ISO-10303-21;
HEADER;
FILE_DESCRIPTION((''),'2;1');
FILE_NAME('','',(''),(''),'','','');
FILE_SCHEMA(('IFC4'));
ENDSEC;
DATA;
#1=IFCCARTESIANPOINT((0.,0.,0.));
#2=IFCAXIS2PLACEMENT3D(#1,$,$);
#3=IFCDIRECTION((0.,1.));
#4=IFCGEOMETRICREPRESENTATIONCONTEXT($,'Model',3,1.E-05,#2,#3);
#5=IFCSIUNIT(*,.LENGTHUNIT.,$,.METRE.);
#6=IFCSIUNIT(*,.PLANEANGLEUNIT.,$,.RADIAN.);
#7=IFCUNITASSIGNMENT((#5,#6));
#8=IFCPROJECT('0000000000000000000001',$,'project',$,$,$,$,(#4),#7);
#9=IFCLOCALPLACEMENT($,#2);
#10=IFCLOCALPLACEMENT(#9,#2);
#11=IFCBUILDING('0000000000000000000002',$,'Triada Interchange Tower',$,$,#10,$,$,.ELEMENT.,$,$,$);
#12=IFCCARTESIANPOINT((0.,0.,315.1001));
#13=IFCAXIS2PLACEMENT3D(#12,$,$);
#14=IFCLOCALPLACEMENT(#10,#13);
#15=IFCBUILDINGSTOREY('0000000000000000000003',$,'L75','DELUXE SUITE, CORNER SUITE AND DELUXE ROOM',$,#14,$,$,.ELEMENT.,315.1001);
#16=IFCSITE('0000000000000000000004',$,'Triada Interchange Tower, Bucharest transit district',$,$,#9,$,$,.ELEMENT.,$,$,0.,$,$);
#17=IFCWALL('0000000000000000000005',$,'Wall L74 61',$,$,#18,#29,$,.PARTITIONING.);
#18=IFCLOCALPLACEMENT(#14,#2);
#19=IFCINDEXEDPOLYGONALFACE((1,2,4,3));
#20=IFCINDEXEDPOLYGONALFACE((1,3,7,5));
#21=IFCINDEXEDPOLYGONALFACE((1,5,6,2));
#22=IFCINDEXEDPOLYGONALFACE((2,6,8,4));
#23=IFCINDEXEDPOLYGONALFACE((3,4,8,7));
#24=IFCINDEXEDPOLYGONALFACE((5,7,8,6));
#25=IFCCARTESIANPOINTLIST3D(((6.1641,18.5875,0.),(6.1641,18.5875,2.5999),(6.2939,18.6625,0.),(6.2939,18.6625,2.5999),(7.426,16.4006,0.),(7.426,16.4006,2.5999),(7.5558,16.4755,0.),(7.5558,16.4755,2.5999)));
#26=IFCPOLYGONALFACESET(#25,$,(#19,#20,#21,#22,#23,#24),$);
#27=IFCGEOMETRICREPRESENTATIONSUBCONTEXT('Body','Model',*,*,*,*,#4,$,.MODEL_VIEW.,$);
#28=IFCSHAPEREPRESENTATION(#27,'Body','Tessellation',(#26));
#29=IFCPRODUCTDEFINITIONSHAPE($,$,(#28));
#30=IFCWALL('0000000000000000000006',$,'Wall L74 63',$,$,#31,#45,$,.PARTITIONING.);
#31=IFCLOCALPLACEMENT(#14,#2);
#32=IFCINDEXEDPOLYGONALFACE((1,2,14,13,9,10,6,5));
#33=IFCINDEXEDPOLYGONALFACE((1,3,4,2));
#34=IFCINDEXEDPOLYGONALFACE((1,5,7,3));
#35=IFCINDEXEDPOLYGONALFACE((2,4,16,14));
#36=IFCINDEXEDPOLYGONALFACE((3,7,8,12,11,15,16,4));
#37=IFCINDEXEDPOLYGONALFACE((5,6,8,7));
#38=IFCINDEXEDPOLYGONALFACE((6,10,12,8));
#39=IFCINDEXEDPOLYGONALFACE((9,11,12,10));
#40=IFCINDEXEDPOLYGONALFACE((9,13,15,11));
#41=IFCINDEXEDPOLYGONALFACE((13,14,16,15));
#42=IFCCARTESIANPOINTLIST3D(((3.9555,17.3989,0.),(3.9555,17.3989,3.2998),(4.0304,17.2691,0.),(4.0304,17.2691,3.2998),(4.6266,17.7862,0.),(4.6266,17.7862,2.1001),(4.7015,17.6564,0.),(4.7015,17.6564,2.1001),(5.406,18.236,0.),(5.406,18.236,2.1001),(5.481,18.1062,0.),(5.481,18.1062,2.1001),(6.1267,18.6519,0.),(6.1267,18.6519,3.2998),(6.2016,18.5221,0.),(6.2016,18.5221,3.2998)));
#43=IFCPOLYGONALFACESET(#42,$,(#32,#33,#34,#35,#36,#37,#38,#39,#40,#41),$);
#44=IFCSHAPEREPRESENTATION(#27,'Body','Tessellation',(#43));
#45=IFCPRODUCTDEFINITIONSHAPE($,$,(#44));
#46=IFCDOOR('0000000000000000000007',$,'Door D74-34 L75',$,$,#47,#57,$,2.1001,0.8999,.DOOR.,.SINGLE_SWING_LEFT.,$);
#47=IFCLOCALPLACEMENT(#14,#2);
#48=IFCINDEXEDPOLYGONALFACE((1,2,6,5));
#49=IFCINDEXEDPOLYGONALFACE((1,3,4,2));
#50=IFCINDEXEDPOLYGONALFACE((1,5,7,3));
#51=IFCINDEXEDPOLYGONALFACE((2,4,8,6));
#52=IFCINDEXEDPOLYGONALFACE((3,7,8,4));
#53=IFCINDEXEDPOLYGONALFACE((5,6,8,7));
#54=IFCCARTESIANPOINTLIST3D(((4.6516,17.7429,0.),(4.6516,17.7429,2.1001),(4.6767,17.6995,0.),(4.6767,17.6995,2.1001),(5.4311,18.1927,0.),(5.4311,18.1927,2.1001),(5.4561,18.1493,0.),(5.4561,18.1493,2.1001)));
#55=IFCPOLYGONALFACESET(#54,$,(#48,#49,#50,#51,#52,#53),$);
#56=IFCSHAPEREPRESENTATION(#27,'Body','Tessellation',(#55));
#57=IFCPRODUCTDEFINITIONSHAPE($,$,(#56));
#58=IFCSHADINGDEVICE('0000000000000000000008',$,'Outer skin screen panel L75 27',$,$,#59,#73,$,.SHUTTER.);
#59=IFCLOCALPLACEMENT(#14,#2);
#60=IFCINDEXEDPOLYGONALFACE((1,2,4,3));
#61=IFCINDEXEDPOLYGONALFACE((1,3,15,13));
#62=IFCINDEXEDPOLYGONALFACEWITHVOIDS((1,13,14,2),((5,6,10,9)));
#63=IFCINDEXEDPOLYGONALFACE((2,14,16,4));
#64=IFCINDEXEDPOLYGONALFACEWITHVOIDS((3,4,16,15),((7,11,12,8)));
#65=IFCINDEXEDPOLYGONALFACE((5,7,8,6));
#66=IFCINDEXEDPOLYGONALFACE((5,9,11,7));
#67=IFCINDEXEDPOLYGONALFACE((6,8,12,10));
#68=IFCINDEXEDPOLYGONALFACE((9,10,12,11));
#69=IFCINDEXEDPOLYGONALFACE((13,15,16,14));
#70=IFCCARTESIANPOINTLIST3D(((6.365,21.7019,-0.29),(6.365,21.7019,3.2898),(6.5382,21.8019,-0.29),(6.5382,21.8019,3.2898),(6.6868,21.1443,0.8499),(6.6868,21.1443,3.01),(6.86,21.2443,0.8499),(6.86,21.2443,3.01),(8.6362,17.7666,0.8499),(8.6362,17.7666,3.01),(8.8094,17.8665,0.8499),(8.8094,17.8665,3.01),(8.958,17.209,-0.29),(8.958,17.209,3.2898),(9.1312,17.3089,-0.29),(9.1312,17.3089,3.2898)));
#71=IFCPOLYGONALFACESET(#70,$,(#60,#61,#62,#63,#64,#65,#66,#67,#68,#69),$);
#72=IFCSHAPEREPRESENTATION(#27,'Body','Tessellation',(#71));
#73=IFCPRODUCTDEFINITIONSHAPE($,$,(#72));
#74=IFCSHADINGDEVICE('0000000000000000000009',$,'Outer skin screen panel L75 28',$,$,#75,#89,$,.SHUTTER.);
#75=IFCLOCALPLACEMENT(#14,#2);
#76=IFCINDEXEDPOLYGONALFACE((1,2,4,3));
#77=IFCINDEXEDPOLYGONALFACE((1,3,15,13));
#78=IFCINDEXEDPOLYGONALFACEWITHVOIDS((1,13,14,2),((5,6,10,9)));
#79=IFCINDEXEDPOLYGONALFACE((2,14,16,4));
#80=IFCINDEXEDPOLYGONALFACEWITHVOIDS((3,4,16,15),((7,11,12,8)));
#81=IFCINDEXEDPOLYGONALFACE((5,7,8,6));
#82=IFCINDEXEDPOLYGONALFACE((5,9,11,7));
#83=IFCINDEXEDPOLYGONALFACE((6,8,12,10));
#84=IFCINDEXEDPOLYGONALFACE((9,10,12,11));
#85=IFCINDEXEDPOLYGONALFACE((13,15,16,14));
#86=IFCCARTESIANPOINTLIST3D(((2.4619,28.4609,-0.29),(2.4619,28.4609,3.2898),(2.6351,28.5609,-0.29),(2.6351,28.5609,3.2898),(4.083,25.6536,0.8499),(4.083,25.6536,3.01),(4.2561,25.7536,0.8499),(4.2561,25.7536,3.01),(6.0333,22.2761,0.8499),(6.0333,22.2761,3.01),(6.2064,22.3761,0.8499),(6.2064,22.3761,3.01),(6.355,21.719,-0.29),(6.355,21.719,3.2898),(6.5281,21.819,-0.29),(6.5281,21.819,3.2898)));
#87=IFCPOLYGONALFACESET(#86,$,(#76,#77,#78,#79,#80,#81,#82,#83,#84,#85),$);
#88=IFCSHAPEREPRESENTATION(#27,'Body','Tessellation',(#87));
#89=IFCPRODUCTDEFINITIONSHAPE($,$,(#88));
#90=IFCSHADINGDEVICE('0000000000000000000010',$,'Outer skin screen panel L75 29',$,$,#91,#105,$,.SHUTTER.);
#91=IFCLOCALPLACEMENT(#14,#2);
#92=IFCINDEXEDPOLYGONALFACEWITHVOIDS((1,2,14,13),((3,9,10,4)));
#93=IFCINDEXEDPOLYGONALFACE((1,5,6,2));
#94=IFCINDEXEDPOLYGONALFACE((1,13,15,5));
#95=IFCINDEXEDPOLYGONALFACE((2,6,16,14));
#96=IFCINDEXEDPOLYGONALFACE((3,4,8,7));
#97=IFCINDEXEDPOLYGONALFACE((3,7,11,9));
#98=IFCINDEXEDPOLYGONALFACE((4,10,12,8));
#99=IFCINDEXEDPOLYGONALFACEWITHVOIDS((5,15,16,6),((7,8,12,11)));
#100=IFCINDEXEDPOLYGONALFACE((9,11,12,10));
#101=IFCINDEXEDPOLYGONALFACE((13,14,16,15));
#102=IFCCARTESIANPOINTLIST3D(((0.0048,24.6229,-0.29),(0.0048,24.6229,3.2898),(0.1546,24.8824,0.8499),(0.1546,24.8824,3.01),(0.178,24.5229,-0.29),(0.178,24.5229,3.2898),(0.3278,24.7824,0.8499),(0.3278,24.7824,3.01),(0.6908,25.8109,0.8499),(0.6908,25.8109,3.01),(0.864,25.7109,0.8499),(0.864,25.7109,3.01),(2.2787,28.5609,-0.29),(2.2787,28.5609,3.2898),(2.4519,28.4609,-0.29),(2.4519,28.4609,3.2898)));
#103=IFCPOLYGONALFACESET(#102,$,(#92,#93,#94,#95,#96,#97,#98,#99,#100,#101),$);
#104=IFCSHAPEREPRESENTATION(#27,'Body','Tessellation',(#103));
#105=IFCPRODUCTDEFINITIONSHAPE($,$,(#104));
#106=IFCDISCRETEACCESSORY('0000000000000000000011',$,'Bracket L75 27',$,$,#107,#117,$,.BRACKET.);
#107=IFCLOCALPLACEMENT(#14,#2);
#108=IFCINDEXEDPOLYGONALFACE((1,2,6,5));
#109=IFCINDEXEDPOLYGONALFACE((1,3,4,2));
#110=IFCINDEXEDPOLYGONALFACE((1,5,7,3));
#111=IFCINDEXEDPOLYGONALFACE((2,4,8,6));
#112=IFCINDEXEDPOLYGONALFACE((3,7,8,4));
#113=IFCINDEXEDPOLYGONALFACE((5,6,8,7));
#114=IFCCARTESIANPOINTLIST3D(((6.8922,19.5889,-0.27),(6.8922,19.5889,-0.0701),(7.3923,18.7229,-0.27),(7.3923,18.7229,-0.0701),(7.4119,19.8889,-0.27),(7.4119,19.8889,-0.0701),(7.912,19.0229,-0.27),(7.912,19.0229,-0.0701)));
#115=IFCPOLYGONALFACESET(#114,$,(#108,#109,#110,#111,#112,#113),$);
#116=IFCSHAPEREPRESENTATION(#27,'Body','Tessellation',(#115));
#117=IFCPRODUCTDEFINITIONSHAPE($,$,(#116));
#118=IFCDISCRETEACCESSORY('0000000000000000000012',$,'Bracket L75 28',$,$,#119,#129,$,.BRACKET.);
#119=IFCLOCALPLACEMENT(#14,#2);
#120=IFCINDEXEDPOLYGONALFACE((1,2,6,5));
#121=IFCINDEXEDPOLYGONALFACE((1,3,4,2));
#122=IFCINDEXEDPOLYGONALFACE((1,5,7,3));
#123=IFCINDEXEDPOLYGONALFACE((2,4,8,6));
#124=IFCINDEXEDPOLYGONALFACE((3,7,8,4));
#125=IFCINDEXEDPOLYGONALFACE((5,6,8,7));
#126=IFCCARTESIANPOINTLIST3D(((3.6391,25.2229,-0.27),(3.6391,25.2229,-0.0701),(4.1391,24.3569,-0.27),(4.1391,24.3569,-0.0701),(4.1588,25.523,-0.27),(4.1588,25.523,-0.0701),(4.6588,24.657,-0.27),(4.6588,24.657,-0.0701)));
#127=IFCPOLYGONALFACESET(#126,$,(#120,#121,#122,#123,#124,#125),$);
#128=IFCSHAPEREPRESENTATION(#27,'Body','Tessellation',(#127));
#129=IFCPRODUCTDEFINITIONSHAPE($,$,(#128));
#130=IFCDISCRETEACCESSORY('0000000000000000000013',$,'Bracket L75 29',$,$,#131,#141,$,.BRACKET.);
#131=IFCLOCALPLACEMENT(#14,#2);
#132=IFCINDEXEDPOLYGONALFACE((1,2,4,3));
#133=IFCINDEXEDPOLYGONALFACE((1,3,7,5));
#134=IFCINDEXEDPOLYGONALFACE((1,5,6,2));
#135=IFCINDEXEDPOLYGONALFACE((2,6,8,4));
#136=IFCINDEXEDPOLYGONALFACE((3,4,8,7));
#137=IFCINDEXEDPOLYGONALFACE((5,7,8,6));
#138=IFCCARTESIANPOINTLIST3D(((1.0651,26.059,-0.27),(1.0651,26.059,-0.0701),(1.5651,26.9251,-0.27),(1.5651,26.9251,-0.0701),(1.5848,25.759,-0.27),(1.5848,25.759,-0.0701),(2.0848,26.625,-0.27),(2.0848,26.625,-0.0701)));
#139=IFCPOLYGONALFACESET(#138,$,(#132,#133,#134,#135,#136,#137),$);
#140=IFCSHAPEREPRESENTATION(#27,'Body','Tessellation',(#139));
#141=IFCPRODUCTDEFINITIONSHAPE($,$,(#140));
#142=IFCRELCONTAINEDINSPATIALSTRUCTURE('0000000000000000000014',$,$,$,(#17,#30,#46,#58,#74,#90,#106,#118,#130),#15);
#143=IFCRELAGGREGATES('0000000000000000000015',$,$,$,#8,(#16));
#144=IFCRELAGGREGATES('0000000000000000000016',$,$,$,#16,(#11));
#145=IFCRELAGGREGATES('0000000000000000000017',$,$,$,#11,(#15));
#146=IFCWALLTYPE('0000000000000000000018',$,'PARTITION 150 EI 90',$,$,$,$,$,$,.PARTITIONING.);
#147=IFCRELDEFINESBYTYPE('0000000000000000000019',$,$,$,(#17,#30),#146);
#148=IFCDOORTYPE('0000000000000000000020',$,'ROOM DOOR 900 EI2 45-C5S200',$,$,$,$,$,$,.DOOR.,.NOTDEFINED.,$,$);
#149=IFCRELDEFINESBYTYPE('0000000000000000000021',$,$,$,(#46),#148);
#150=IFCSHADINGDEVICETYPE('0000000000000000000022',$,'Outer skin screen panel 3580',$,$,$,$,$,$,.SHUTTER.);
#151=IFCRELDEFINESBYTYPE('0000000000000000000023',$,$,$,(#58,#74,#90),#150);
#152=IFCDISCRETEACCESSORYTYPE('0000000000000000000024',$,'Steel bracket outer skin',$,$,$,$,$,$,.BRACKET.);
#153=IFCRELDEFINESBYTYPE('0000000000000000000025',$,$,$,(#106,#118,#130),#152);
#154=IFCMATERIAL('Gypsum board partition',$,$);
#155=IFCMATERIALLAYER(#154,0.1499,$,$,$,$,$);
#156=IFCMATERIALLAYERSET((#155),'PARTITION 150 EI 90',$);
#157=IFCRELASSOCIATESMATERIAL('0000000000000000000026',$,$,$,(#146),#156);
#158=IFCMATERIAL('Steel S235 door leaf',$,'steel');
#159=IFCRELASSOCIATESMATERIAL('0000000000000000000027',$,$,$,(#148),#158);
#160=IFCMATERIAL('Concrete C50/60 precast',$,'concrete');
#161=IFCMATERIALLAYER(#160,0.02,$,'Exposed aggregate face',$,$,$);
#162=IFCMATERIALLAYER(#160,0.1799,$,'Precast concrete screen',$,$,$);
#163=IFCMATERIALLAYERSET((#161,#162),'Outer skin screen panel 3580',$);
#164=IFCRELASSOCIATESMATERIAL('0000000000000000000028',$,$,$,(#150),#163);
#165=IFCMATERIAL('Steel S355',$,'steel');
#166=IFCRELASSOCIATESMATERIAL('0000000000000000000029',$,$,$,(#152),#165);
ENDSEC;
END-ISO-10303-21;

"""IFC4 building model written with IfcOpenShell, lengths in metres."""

from ifc_helpers import new_model, si_unit, direction, frame, frame_2d, origin, origin_2d, place, context, subcontext, project, spatial, polyline, rectangle, outline, extrude, material, layer, layer_set, type_object, element, fill, save


model = new_model("IFC4")

# Units and contexts
model_context = context("Model", 3, precision=1e-05, world=origin(), true_north=direction((0.0, 1.0)))
body_context = subcontext(model_context, "Body", "Model", "MODEL_VIEW")
ifc_project = project(units=[si_unit("LENGTHUNIT", "METRE"), si_unit("PLANEANGLEUNIT", "RADIAN")], contexts=[model_context])

# Site, building, storey
site_placement = place(None, origin())
site = spatial("IfcSite", under=ifc_project, at=site_placement, Name="Triada Interchange Tower, Bucharest transit district", CompositionType="ELEMENT", RefElevation=0.0)
building_placement = place(site_placement, origin())
building = spatial("IfcBuilding", under=site, at=building_placement, Name="Triada Interchange Tower", CompositionType="ELEMENT")
storey_placement = place(building_placement, frame((0.0, 0.0, 315.1001)))
storey = spatial("IfcBuildingStorey", under=building, at=storey_placement, Name="L75", Description="DELUXE SUITE, CORNER SUITE AND DELUXE ROOM", CompositionType="ELEMENT", Elevation=315.1001)

# Shared definitions
ifc_material_1 = material(Name="Gypsum board partition")

# Shared definitions
ifc_material_2 = material(Name="Steel S235 door leaf", Category="steel")

# Wall
ifc_layer_1 = layer(ifc_material_1, 0.1499)
ifc_layer_set_1 = layer_set([ifc_layer_1], Name="PARTITION 150 EI 90")
wall_type_1 = type_object("IfcWallType", Name="PARTITION 150 EI 90", PredefinedType="PARTITIONING", material=ifc_layer_set_1)
wall_1_placement = place(storey_placement, frame((6.229, 18.625, 0.0), z_axis=(0.0, 0.0, 1.0), x_axis=(0.499789, -0.866147, 0.0)))
element("IfcWall", 1, at=wall_1_placement, inside=storey, type_object=wall_type_1, Name="Wall L74 61", PredefinedType="PARTITIONING", context=body_context, shape_type="SweptSolid", body=[
    extrude(rectangle(XDim=2.5249, YDim=0.1499, at=frame_2d((1.2625, 0.0))), origin(), (0.0, 0.0, 1.0), 2.5999),
])

# Wall, opening, door
wall_2_placement = place(storey_placement, frame((3.9929, 17.334, 0.0), z_axis=(0.0, 0.0, 1.0), x_axis=(0.866126, 0.499826, 0.0)))
wall_2 = element("IfcWall", 2, at=wall_2_placement, inside=storey, type_object=wall_type_1, Name="Wall L74 63", PredefinedType="PARTITIONING", context=body_context, shape_type="SweptSolid", body=[
    extrude(rectangle(XDim=2.5068, YDim=0.1499, at=frame_2d((1.2534, 0.0))), origin(), (0.0, 0.0, 1.0), 3.2998),
])
opening_1_placement = place(wall_2_placement, frame((0.7749, 0.0, 0.0)))
opening_1 = element("IfcOpeningElement", 3, at=opening_1_placement, cuts=wall_2, PredefinedType="OPENING", context=body_context, shape_type="SweptSolid", body=[
    extrude(rectangle(XDim=0.8999, YDim=2.1001, at=frame_2d((0.45, 1.05))), frame((0.0, 0.085, 0.0), z_axis=(0.0, -1.0, 0.0), x_axis=(1.0, 0.0, 0.0)), (0.0, 0.0, 1.0), 0.1699),
])
door_type_1 = type_object("IfcDoorType", Name="ROOM DOOR 900 EI2 45-C5S200", OperationType="NOTDEFINED", PredefinedType="DOOR", material=ifc_material_2)
door_1_placement = place(opening_1_placement, origin())
door_1 = element("IfcDoor", 4, at=door_1_placement, inside=storey, type_object=door_type_1, Name="Door D74-34 L75", OperationType="SINGLE_SWING_LEFT", OverallHeight=2.1001, OverallWidth=0.8999, PredefinedType="DOOR", context=body_context, shape_type="SweptSolid", body=[
    extrude(rectangle(XDim=0.8999, YDim=2.1001, at=frame_2d((0.45, 1.05))), frame((0.0, 0.0249, 0.0), z_axis=(0.0, -1.0, 0.0), x_axis=(1.0, 0.0, 0.0)), (0.0, 0.0, 1.0), 0.05),
])
fill(opening_1, door_1)

# Shading devices
ifc_material_3 = material(Name="Concrete C50/60 precast", Category="concrete")
ifc_layer_2 = layer(ifc_material_3, 0.02, Name="Exposed aggregate face")
ifc_layer_3 = layer(ifc_material_3, 0.1799, Name="Precast concrete screen")
ifc_layer_set_2 = layer_set([ifc_layer_2, ifc_layer_3], Name="Outer skin screen panel 3580")
shading_device_type = type_object("IfcShadingDeviceType", Name="Outer skin screen panel 3580", PredefinedType="SHUTTER", material=ifc_layer_set_2)
shading_device_1_placement = place(storey_placement, frame((8.958, 17.209, -0.29), z_axis=(0.0, 0.0, 1.0), x_axis=(-0.49986, 0.866106, 0.0)))
element("IfcShadingDevice", 5, at=shading_device_1_placement, inside=storey, type_object=shading_device_type, Name="Outer skin screen panel L75 27", PredefinedType="SHUTTER", context=body_context, shape_type="SweptSolid", body=[
    extrude(outline(polyline([(0.0, 0.0), (5.1875, 0.0), (5.1875, 3.5798), (0.0, 3.5798), (0.0, 0.0)]), holes=[polyline([(0.6438, 1.1399), (0.6438, 3.3), (4.5437, 3.3), (4.5437, 1.1399), (0.6438, 1.1399)])]), frame((0.0, 0.0, 0.0), z_axis=(0.0, -1.0, 0.0), x_axis=(1.0, 0.0, 0.0)), (0.0, 0.0, 1.0), 0.2),
])
shading_device_2_placement = place(storey_placement, frame((6.355, 21.719, -0.29), z_axis=(0.0, 0.0, 1.0), x_axis=(-0.500058, 0.865992, 0.0)))
element("IfcShadingDevice", 6, at=shading_device_2_placement, inside=storey, type_object=shading_device_type, Name="Outer skin screen panel L75 28", PredefinedType="SHUTTER", context=body_context, shape_type="SweptSolid", body=[
    extrude(outline(polyline([(0.0, 0.0), (7.7852, 0.0), (7.7852, 3.5798), (0.0, 3.5798), (0.0, 0.0)]), holes=[polyline([(0.6433, 1.1399), (0.6433, 3.3), (4.5435, 3.3), (4.5435, 1.1399), (0.6433, 1.1399)])]), frame((0.0, 0.0, 0.0), z_axis=(0.0, -1.0, 0.0), x_axis=(1.0, 0.0, 0.0)), (0.0, 0.0, 1.0), 0.2),
])
shading_device_3_placement = place(storey_placement, frame((2.4519, 28.4609, -0.29), z_axis=(0.0, 0.0, 1.0), x_axis=(-0.500054, -0.865994, 0.0)))
element("IfcShadingDevice", 7, at=shading_device_3_placement, inside=storey, type_object=shading_device_type, Name="Outer skin screen panel L75 29", PredefinedType="SHUTTER", context=body_context, shape_type="SweptSolid", body=[
    extrude(outline(polyline([(0.0, 0.0), (4.5474, 0.0), (4.5474, 3.5798), (0.0, 3.5798), (0.0, 0.0)]), holes=[polyline([(3.1755, 1.1399), (3.1755, 3.3), (4.2478, 3.3), (4.2478, 1.1399), (3.1755, 1.1399)])]), frame((0.0, 0.0, 0.0), z_axis=(0.0, -1.0, 0.0), x_axis=(1.0, 0.0, 0.0)), (0.0, 0.0, 1.0), 0.2),
])

# Discrete accessories
ifc_material_4 = material(Name="Steel S355", Category="steel")
discrete_accessory_type = type_object("IfcDiscreteAccessoryType", Name="Steel bracket outer skin", PredefinedType="BRACKET", material=ifc_material_4)
for number, where, z_axis, x_axis, name in (
    (8, (7.4021, 19.3059, -0.27), (0.0, 0.0, 1.0), (0.866025, 0.500001, 0.0), "Bracket L75 27"),
    (9, (4.1489, 24.9399, -0.27), (0.0, 0.0, 1.0), (0.866025, 0.500001, 0.0), "Bracket L75 28"),
    (10, (1.575, 26.342, -0.27), (0.0, 0.0, 1.0), (-0.866043, 0.499969, 0.0), "Bracket L75 29"),
):
    element("IfcDiscreteAccessory", number, at=place(storey_placement, frame(where, z_axis=z_axis, x_axis=x_axis)), inside=storey, type_object=discrete_accessory_type, Name=name, PredefinedType="BRACKET", context=body_context, shape_type="SweptSolid", body=[
        extrude(rectangle(XDim=0.6001, YDim=1.0, at=origin_2d()), origin(), (0.0, 0.0, 1.0), 0.2),
    ])

save(model, "model.ifc")
